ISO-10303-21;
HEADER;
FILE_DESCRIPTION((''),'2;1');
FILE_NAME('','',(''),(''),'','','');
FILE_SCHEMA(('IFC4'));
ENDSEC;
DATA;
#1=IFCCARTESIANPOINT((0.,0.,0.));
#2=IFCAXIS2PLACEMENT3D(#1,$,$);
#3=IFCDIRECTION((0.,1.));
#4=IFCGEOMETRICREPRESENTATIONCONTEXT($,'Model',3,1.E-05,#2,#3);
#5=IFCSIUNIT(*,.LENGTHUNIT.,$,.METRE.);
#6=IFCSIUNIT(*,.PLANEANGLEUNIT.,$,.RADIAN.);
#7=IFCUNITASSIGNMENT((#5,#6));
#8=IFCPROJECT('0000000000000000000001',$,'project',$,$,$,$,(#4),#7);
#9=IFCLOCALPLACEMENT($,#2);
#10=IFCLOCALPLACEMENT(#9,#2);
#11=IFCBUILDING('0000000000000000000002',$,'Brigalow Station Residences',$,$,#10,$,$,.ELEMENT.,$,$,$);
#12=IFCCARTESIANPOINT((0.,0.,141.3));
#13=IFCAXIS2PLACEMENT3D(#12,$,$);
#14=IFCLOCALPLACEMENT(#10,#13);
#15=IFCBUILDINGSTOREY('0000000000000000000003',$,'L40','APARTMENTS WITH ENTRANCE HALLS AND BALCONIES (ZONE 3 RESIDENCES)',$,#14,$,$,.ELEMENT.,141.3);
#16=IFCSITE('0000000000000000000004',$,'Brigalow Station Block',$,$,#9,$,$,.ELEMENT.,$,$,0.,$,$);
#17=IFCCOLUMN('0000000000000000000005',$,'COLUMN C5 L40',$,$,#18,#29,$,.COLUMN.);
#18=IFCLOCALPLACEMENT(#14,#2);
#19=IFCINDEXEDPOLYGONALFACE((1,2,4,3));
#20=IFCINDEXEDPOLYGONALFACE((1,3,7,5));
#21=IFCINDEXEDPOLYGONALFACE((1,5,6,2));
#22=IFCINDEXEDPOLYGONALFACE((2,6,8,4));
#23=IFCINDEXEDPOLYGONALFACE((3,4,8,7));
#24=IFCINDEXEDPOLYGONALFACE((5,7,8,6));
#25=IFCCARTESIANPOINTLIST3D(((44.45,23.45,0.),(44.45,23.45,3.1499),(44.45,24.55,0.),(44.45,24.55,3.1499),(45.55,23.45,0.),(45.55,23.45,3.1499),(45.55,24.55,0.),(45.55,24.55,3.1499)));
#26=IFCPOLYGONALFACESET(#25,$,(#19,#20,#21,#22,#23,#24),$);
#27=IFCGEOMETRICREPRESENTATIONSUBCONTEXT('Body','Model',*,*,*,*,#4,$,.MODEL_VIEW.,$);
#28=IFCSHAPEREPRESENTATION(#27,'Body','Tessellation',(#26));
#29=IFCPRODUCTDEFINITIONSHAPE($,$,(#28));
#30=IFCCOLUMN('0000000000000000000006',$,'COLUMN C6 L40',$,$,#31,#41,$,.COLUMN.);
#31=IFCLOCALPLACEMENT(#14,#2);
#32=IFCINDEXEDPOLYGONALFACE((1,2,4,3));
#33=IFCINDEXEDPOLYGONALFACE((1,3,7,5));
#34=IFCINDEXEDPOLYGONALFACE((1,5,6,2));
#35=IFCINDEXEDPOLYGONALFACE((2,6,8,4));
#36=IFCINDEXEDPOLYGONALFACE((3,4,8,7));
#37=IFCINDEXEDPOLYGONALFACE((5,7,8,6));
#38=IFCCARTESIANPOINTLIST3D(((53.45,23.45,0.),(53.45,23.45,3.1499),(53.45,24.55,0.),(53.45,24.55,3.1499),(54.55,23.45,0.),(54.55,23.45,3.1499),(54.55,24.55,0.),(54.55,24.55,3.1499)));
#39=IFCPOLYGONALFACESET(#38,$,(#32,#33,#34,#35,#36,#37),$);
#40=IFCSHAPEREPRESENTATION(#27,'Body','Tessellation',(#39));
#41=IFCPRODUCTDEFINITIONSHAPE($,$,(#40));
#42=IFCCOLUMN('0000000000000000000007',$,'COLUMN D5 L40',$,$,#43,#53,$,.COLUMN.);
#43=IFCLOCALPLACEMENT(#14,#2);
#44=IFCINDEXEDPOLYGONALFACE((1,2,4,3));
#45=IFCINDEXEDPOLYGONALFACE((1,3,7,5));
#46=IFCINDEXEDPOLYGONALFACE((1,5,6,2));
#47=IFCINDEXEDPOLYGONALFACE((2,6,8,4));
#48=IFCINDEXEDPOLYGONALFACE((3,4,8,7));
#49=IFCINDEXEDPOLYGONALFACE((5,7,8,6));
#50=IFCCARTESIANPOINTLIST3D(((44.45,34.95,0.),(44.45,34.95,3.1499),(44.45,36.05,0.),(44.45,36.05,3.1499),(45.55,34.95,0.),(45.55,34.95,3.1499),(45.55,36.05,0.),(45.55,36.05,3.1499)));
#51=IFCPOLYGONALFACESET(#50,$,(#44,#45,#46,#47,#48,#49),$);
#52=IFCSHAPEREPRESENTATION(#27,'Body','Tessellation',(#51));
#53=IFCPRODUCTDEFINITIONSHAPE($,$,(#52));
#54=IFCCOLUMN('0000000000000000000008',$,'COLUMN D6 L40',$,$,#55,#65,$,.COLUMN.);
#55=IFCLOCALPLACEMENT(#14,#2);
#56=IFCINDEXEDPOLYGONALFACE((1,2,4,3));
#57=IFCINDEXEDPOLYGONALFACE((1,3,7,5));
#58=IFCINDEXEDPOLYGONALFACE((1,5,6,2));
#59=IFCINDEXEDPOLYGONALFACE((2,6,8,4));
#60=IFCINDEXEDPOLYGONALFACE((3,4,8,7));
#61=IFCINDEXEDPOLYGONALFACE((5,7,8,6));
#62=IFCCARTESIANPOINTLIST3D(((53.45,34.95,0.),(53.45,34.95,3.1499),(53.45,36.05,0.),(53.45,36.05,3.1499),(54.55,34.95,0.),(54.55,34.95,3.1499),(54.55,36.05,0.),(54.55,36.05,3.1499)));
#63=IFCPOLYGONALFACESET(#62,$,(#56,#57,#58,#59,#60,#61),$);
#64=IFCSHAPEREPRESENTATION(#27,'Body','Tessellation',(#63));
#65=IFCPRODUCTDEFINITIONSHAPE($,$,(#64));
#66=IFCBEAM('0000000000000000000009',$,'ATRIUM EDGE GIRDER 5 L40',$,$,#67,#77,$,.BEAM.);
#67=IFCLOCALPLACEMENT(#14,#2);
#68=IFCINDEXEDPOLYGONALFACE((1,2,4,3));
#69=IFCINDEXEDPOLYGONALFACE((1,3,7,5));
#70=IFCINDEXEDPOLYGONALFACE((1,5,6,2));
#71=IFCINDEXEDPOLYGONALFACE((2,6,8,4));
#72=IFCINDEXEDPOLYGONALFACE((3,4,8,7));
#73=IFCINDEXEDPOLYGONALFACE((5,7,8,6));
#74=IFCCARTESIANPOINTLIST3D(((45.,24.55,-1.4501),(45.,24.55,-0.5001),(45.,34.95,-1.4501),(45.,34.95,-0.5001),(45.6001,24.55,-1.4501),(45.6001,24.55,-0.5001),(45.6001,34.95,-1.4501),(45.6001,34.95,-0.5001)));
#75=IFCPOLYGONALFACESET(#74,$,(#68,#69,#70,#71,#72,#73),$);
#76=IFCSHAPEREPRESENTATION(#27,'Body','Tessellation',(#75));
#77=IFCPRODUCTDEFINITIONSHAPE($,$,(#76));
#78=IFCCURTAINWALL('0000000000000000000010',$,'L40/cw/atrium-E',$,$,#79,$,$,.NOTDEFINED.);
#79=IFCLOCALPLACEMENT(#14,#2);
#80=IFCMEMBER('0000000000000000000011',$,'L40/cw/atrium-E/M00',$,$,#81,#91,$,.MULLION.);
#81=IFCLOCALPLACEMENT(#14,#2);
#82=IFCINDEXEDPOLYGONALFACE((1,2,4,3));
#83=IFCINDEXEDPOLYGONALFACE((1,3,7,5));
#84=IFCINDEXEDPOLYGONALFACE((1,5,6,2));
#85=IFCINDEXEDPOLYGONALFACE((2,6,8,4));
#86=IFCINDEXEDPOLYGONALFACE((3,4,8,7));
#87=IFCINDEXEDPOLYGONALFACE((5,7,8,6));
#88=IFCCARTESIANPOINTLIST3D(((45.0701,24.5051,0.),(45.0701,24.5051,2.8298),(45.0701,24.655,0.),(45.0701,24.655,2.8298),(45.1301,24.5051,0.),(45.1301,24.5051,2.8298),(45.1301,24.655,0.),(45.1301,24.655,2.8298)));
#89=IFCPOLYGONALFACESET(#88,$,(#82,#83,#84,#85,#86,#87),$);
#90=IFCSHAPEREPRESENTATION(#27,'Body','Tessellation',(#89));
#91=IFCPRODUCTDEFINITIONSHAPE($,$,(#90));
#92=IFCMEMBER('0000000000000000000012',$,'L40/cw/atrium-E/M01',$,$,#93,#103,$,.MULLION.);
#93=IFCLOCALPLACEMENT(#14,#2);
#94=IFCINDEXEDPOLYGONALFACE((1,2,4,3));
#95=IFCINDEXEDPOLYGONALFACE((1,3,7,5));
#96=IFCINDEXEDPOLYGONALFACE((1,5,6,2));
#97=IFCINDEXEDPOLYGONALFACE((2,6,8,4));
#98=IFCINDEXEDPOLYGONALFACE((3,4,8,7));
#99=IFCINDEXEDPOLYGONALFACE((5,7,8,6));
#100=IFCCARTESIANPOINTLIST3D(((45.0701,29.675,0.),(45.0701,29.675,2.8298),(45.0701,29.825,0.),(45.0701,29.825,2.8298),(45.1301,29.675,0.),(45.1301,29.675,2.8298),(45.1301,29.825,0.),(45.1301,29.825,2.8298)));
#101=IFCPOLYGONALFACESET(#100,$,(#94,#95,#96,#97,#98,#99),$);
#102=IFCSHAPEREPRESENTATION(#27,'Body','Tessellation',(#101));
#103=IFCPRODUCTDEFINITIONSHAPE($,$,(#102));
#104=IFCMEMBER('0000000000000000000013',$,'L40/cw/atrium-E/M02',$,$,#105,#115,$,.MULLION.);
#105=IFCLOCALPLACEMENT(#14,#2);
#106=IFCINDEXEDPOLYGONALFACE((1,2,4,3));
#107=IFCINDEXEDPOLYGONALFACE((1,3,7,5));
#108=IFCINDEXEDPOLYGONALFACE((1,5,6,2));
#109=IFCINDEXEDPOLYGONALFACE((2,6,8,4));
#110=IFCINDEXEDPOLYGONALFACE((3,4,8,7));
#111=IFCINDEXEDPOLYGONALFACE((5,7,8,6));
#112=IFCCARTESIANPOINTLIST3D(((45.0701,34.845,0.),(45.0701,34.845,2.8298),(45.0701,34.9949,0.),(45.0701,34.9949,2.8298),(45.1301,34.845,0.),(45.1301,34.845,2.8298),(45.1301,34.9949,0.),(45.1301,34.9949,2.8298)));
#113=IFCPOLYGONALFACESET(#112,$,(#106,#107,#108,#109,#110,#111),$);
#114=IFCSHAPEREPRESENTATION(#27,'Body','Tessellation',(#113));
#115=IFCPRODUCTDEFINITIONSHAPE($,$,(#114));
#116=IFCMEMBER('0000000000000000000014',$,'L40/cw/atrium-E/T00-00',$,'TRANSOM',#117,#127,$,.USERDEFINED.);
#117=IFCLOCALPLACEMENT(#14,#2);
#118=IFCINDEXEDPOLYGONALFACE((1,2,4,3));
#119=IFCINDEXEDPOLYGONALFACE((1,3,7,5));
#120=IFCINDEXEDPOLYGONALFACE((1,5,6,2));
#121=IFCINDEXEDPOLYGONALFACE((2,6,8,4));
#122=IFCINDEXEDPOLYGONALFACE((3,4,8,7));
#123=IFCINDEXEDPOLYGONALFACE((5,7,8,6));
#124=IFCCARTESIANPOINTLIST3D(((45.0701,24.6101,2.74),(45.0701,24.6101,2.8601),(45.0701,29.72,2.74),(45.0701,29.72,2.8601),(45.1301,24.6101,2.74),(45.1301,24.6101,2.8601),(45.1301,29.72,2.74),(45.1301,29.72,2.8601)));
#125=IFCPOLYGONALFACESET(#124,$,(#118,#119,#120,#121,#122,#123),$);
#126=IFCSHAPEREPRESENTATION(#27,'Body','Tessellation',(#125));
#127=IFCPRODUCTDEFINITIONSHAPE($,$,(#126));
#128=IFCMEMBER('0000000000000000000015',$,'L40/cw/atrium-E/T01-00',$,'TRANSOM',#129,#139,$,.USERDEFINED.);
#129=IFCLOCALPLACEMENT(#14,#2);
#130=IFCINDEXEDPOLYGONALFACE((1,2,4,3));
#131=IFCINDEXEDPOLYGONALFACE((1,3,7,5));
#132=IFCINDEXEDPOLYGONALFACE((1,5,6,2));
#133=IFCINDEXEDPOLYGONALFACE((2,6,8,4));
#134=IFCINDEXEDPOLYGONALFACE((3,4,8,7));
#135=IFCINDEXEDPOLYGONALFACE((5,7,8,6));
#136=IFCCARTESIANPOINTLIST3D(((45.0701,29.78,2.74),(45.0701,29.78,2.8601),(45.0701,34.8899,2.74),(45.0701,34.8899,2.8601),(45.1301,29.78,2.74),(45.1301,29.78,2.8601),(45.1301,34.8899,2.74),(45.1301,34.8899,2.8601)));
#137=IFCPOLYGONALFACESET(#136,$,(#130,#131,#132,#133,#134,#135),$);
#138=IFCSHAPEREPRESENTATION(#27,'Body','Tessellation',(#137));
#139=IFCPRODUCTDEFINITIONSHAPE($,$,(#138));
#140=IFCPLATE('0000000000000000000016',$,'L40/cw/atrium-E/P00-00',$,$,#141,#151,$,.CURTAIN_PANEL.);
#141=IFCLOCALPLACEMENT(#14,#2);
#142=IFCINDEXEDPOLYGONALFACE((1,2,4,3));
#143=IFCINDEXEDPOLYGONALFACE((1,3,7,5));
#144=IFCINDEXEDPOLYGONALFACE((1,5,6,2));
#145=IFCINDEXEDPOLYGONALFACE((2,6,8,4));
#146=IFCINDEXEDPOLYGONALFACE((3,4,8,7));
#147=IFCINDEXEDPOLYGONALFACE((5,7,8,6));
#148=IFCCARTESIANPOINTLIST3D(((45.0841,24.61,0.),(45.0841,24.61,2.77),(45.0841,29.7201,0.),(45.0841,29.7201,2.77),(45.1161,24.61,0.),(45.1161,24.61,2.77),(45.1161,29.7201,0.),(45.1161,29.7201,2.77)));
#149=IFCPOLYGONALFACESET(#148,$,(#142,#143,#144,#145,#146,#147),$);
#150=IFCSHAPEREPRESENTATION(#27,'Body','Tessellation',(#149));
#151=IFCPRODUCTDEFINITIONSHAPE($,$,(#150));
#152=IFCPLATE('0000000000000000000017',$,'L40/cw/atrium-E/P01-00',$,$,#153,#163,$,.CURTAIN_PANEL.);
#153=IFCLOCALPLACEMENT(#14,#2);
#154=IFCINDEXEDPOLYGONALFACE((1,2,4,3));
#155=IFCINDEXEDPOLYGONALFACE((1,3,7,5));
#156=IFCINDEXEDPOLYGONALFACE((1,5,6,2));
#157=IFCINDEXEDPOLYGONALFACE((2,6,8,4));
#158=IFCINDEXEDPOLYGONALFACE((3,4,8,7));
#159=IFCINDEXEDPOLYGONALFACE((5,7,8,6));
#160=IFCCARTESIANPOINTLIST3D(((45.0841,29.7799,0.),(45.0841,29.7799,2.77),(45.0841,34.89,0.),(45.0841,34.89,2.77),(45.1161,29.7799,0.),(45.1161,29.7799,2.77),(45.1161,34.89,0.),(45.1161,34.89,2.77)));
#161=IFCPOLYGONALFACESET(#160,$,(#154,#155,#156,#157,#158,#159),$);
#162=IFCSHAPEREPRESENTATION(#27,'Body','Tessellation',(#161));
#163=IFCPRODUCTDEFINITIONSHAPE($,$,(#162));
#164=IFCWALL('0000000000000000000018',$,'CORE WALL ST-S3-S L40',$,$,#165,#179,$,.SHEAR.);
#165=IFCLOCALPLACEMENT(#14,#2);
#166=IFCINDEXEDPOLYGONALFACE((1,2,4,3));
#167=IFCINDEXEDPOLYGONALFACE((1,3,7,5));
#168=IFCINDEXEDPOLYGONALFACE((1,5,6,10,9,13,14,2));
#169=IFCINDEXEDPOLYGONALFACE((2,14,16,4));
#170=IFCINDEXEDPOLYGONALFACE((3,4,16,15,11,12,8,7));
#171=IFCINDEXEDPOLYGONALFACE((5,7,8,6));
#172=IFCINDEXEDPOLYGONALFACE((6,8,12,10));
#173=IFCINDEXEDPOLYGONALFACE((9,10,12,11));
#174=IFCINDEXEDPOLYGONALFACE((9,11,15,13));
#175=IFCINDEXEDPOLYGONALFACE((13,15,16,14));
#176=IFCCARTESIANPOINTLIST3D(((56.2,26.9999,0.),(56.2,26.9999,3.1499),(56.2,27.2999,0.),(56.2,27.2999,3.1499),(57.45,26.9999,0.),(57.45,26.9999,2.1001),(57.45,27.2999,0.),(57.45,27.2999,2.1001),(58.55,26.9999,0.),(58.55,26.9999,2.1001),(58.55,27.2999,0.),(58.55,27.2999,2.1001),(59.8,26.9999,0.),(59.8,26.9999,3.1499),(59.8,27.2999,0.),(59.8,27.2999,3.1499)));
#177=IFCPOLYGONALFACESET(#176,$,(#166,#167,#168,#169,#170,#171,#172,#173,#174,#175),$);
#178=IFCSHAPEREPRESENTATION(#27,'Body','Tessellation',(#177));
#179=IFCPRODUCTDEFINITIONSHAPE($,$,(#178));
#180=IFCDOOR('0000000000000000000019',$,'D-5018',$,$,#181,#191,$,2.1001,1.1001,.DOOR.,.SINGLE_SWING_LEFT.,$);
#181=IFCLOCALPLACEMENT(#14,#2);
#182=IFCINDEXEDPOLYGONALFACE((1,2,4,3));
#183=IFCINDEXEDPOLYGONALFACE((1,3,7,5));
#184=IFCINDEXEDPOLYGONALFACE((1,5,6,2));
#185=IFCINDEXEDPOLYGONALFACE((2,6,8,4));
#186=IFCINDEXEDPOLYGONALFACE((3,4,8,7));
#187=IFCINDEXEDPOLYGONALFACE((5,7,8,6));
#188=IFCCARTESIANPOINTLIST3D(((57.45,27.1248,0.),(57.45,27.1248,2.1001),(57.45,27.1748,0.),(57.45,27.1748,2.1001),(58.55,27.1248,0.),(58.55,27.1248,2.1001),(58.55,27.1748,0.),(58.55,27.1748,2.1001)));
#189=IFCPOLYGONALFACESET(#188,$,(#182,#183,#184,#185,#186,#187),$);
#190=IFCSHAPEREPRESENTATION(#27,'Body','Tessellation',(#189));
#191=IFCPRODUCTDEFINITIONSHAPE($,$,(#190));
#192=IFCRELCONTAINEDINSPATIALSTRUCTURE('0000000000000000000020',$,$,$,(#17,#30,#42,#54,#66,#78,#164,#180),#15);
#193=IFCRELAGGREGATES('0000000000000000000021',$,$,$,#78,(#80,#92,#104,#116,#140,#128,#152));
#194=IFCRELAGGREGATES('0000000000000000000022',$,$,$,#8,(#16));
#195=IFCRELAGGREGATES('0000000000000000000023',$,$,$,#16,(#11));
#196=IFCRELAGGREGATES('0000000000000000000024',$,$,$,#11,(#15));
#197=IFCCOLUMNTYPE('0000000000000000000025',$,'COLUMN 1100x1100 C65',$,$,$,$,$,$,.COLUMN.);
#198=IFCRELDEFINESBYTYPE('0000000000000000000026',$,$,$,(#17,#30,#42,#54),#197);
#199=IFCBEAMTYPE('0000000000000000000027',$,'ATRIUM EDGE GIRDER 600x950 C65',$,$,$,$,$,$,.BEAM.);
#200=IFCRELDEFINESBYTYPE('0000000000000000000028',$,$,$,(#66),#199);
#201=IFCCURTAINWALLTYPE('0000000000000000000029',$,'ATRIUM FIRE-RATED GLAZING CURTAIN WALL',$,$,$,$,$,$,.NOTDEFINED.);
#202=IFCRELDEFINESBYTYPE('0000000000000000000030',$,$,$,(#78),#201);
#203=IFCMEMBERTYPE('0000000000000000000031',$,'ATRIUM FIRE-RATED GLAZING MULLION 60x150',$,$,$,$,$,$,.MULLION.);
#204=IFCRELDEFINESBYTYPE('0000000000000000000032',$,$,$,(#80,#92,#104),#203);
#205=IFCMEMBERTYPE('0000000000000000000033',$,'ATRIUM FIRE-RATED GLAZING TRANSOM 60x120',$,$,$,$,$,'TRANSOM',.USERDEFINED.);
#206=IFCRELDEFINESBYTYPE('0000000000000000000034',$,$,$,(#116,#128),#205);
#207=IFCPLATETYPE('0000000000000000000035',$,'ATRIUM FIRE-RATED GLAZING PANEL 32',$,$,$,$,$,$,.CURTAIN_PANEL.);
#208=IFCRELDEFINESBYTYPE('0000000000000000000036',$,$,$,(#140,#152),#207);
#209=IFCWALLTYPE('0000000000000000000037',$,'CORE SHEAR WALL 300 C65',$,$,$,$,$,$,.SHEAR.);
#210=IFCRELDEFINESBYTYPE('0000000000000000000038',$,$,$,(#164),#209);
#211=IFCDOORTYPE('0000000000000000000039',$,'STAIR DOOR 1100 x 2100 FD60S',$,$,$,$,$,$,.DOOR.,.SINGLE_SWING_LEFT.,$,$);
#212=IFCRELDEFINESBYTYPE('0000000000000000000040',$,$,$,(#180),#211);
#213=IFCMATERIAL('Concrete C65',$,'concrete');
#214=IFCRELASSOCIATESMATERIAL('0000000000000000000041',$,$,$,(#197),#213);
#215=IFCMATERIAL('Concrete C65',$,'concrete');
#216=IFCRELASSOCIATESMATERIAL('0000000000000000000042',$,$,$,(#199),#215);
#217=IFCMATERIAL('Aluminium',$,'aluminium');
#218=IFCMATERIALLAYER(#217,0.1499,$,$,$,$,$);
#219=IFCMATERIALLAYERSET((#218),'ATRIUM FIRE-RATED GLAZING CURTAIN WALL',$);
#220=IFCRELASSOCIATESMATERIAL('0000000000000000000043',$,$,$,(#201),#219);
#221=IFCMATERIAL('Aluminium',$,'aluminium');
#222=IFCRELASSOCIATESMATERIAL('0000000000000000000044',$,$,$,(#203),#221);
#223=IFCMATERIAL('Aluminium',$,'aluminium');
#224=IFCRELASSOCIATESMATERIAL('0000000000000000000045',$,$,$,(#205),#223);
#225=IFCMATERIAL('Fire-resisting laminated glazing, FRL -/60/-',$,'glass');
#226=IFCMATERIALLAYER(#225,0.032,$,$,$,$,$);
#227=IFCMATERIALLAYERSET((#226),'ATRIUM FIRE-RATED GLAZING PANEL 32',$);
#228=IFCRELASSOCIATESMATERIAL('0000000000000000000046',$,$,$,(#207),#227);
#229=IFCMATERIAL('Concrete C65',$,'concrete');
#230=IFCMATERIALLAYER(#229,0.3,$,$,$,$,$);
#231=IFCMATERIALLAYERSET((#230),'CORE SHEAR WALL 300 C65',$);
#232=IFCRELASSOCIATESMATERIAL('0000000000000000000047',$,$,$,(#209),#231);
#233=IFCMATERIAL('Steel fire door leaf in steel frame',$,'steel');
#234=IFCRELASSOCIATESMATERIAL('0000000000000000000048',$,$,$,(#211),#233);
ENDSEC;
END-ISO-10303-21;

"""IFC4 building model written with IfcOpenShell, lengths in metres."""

from ifc_helpers import new_model, si_unit, direction, frame, frame_2d, origin, origin_2d, place, context, subcontext, project, spatial, rectangle, extrude, material, layer, layer_set, material_profile, profile_set, type_object, element, fill, aggregate, save


model = new_model("IFC4")

# Units and contexts
model_context = context("Model", 3, precision=1e-05, world=origin(), true_north=direction((0.0, 1.0)))
body_context = subcontext(model_context, "Body", "Model", "MODEL_VIEW")
ifc_project = project(units=[si_unit("LENGTHUNIT", "METRE"), si_unit("PLANEANGLEUNIT", "RADIAN")], contexts=[model_context])

# Site, building, storey
site_placement = place(None, origin())
site = spatial("IfcSite", under=ifc_project, at=site_placement, Name="Brigalow Station Block", CompositionType="ELEMENT", RefElevation=0.0)
building_placement = place(site_placement, origin())
building = spatial("IfcBuilding", under=site, at=building_placement, Name="Brigalow Station Residences", CompositionType="ELEMENT")
storey_placement = place(building_placement, frame((0.0, 0.0, 141.3)))
storey = spatial("IfcBuildingStorey", under=building, at=storey_placement, Name="L40", Description="APARTMENTS WITH ENTRANCE HALLS AND BALCONIES (ZONE 3 RESIDENCES)", CompositionType="ELEMENT", Elevation=141.3)

# Columns
ifc_material_1 = material(Name="Concrete C65", Category="concrete")
ifc_material_profile_1 = material_profile(ifc_material_1, rectangle(XDim=1.1001, YDim=1.1001, at=origin_2d()), Name="RC1100x1100")
ifc_profile_set_1 = profile_set([ifc_material_profile_1], Name="Concrete C65")
column_type = type_object("IfcColumnType", Name="COLUMN 1100x1100 C65", PredefinedType="COLUMN", material=ifc_profile_set_1)
for number, where, z_axis, x_axis, name in (
    (1, (45.0, 24.0, 0.0), (0.0, 0.0, 1.0), (1.0, 0.0, 0.0), "COLUMN C5 L40"),
    (2, (54.0, 24.0, 0.0), (0.0, 0.0, 1.0), (1.0, 0.0, 0.0), "COLUMN C6 L40"),
    (3, (45.0, 35.5, 0.0), (0.0, 0.0, 1.0), (1.0, 0.0, 0.0), "COLUMN D5 L40"),
    (4, (54.0, 35.5, 0.0), (0.0, 0.0, 1.0), (1.0, 0.0, 0.0), "COLUMN D6 L40"),
):
    element("IfcColumn", number, at=place(storey_placement, frame(where, z_axis=z_axis, x_axis=x_axis)), inside=storey, type_object=column_type, Name=name, PredefinedType="COLUMN", context=body_context, shape_type="SweptSolid", body=[
        extrude(rectangle(XDim=1.1001, YDim=1.1001, at=origin_2d()), origin(), (0.0, 0.0, 1.0), 3.1499),
    ])

# Beam
ifc_material_2 = material(Name="Concrete C65", Category="concrete")
ifc_material_profile_2 = material_profile(ifc_material_2, rectangle(XDim=0.6001, YDim=0.95, at=origin_2d()), Name="RC600x950")
ifc_profile_set_2 = profile_set([ifc_material_profile_2], Name="Concrete C65")
beam_type = type_object("IfcBeamType", Name="ATRIUM EDGE GIRDER 600x950 C65", PredefinedType="BEAM", material=ifc_profile_set_2)
beam_placement = place(storey_placement, frame((45.3, 24.55, -0.9751), z_axis=(0.0, 1.0, 0.0), x_axis=(-1.0, 0.0, 0.0)))
element("IfcBeam", 5, at=beam_placement, inside=storey, type_object=beam_type, Name="ATRIUM EDGE GIRDER 5 L40", PredefinedType="BEAM", context=body_context, shape_type="SweptSolid", body=[
    extrude(rectangle(XDim=0.6001, YDim=0.95, at=origin_2d()), origin(), (0.0, 0.0, 1.0), 10.3999),
])

# Curtain wall, members, plates
ifc_material_3 = material(Name="Aluminium", Category="aluminium")
ifc_layer_1 = layer(ifc_material_3, 0.1499)
ifc_layer_set_1 = layer_set([ifc_layer_1], Name="ATRIUM FIRE-RATED GLAZING CURTAIN WALL")
curtain_wall_type = type_object("IfcCurtainWallType", Name="ATRIUM FIRE-RATED GLAZING CURTAIN WALL", PredefinedType="NOTDEFINED", material=ifc_layer_set_1)
curtain_wall_placement = place(storey_placement, origin())
curtain_wall = element("IfcCurtainWall", 6, at=curtain_wall_placement, inside=storey, type_object=curtain_wall_type, Name="L40/cw/atrium-E", PredefinedType="NOTDEFINED")
ifc_material_4 = material(Name="Aluminium", Category="aluminium")
ifc_material_profile_3 = material_profile(ifc_material_4, rectangle(XDim=0.0601, YDim=0.1499, at=origin_2d()), Name="ATRIUM FIRE-RATED GLAZING MULLION 60x150")
ifc_profile_set_3 = profile_set([ifc_material_profile_3], Name="Aluminium")
member_type_1 = type_object("IfcMemberType", Name="ATRIUM FIRE-RATED GLAZING MULLION 60x150", PredefinedType="MULLION", material=ifc_profile_set_3)
member_1_placement = place(storey_placement, frame((45.1001, 24.5801, 0.0), z_axis=(0.0, 0.0, 1.0), x_axis=(-1.0, 0.0, 0.0)))
member_1 = element("IfcMember", 7, at=member_1_placement, type_object=member_type_1, Name="L40/cw/atrium-E/M00", PredefinedType="MULLION", context=body_context, shape_type="SweptSolid", body=[
    extrude(rectangle(XDim=0.0601, YDim=0.1499, at=origin_2d()), origin(), (0.0, 0.0, 1.0), 2.8298),
])
member_2_placement = place(storey_placement, frame((45.1001, 29.75, 0.0), z_axis=(0.0, 0.0, 1.0), x_axis=(-1.0, 0.0, 0.0)))
member_2 = element("IfcMember", 8, at=member_2_placement, type_object=member_type_1, Name="L40/cw/atrium-E/M01", PredefinedType="MULLION", context=body_context, shape_type="SweptSolid", body=[
    extrude(rectangle(XDim=0.0601, YDim=0.1499, at=origin_2d()), origin(), (0.0, 0.0, 1.0), 2.8298),
])
member_3_placement = place(storey_placement, frame((45.1001, 34.9199, 0.0), z_axis=(0.0, 0.0, 1.0), x_axis=(-1.0, 0.0, 0.0)))
member_3 = element("IfcMember", 9, at=member_3_placement, type_object=member_type_1, Name="L40/cw/atrium-E/M02", PredefinedType="MULLION", context=body_context, shape_type="SweptSolid", body=[
    extrude(rectangle(XDim=0.0601, YDim=0.1499, at=origin_2d()), origin(), (0.0, 0.0, 1.0), 2.8298),
])
ifc_material_5 = material(Name="Aluminium", Category="aluminium")
ifc_material_profile_4 = material_profile(ifc_material_5, rectangle(XDim=0.0601, YDim=0.1201, at=origin_2d()), Name="ATRIUM FIRE-RATED GLAZING TRANSOM 60x120")
ifc_profile_set_4 = profile_set([ifc_material_profile_4], Name="Aluminium")
member_type_2 = type_object("IfcMemberType", Name="ATRIUM FIRE-RATED GLAZING TRANSOM 60x120", ElementType="TRANSOM", PredefinedType="USERDEFINED", material=ifc_profile_set_4)
member_4_placement = place(storey_placement, frame((45.1001, 24.6101, 2.8), z_axis=(0.0, 1.0, 0.0), x_axis=(-1.0, 0.0, 0.0)))
member_4 = element("IfcMember", 10, at=member_4_placement, type_object=member_type_2, Name="L40/cw/atrium-E/T00-00", ObjectType="TRANSOM", PredefinedType="USERDEFINED", context=body_context, shape_type="SweptSolid", body=[
    extrude(rectangle(XDim=0.0601, YDim=0.1201, at=origin_2d()), origin(), (0.0, 0.0, 1.0), 5.1099),
])
member_5_placement = place(storey_placement, frame((45.1001, 29.78, 2.8), z_axis=(0.0, 1.0, 0.0), x_axis=(-1.0, 0.0, 0.0)))
member_5 = element("IfcMember", 11, at=member_5_placement, type_object=member_type_2, Name="L40/cw/atrium-E/T01-00", ObjectType="TRANSOM", PredefinedType="USERDEFINED", context=body_context, shape_type="SweptSolid", body=[
    extrude(rectangle(XDim=0.0601, YDim=0.1201, at=origin_2d()), origin(), (0.0, 0.0, 1.0), 5.1099),
])
ifc_material_6 = material(Name="Fire-resisting laminated glazing, FRL -/60/-", Category="glass")
ifc_layer_2 = layer(ifc_material_6, 0.032)
ifc_layer_set_2 = layer_set([ifc_layer_2], Name="ATRIUM FIRE-RATED GLAZING PANEL 32")
plate_type = type_object("IfcPlateType", Name="ATRIUM FIRE-RATED GLAZING PANEL 32", PredefinedType="CURTAIN_PANEL", material=ifc_layer_set_2)
plate_1_placement = place(storey_placement, frame((45.1001, 27.165, 0.0), z_axis=(0.0, 0.0, 1.0), x_axis=(0.0, 1.0, 0.0)))
plate_1 = element("IfcPlate", 12, at=plate_1_placement, type_object=plate_type, Name="L40/cw/atrium-E/P00-00", PredefinedType="CURTAIN_PANEL", context=body_context, shape_type="SweptSolid", body=[
    extrude(rectangle(XDim=5.1101, YDim=0.032, at=origin_2d()), origin(), (0.0, 0.0, 1.0), 2.77),
])
plate_2_placement = place(storey_placement, frame((45.1001, 32.335, 0.0), z_axis=(0.0, 0.0, 1.0), x_axis=(0.0, 1.0, 0.0)))
plate_2 = element("IfcPlate", 13, at=plate_2_placement, type_object=plate_type, Name="L40/cw/atrium-E/P01-00", PredefinedType="CURTAIN_PANEL", context=body_context, shape_type="SweptSolid", body=[
    extrude(rectangle(XDim=5.1101, YDim=0.032, at=origin_2d()), origin(), (0.0, 0.0, 1.0), 2.77),
])
aggregate(curtain_wall, [member_1, member_2, member_3, member_4, plate_1, member_5, plate_2])

# Wall, opening, door
ifc_material_7 = material(Name="Concrete C65", Category="concrete")
ifc_layer_3 = layer(ifc_material_7, 0.3)
ifc_layer_set_3 = layer_set([ifc_layer_3], Name="CORE SHEAR WALL 300 C65")
wall_type_1 = type_object("IfcWallType", Name="CORE SHEAR WALL 300 C65", PredefinedType="SHEAR", material=ifc_layer_set_3)
wall_1_placement = place(storey_placement, frame((56.2, 27.1499, 0.0), z_axis=(0.0, 0.0, 1.0), x_axis=(1.0, 0.0, 0.0)))
wall_1 = element("IfcWall", 14, at=wall_1_placement, inside=storey, type_object=wall_type_1, Name="CORE WALL ST-S3-S L40", PredefinedType="SHEAR", context=body_context, shape_type="SweptSolid", body=[
    extrude(rectangle(XDim=3.6001, YDim=0.3, at=frame_2d((1.8, 0.0))), origin(), (0.0, 0.0, 1.0), 3.1499),
])
opening_1_placement = place(wall_1_placement, frame((1.25, 0.0, 0.0)))
opening_1 = element("IfcOpeningElement", 15, at=opening_1_placement, cuts=wall_1, PredefinedType="OPENING", context=body_context, shape_type="SweptSolid", body=[
    extrude(rectangle(XDim=1.1001, YDim=2.1001, at=frame_2d((0.55, 1.05))), frame((0.0, 0.1602, 0.0), z_axis=(0.0, -1.0, 0.0), x_axis=(1.0, 0.0, 0.0)), (0.0, 0.0, 1.0), 0.3201),
])
ifc_material_8 = material(Name="Steel fire door leaf in steel frame", Category="steel")
door_type_1 = type_object("IfcDoorType", Name="STAIR DOOR 1100 x 2100 FD60S", OperationType="SINGLE_SWING_LEFT", PredefinedType="DOOR", material=ifc_material_8)
door_1_placement = place(opening_1_placement, origin())
door_1 = element("IfcDoor", 16, at=door_1_placement, inside=storey, type_object=door_type_1, Name="D-5018", OperationType="SINGLE_SWING_LEFT", OverallHeight=2.1001, OverallWidth=1.1001, PredefinedType="DOOR", context=body_context, shape_type="SweptSolid", body=[
    extrude(rectangle(XDim=1.1001, YDim=2.1001, at=frame_2d((0.55, 1.05))), frame((0.0, 0.0249, 0.0), z_axis=(0.0, -1.0, 0.0), x_axis=(1.0, 0.0, 0.0)), (0.0, 0.0, 1.0), 0.05),
])
fill(opening_1, door_1)

save(model, "model.ifc")
